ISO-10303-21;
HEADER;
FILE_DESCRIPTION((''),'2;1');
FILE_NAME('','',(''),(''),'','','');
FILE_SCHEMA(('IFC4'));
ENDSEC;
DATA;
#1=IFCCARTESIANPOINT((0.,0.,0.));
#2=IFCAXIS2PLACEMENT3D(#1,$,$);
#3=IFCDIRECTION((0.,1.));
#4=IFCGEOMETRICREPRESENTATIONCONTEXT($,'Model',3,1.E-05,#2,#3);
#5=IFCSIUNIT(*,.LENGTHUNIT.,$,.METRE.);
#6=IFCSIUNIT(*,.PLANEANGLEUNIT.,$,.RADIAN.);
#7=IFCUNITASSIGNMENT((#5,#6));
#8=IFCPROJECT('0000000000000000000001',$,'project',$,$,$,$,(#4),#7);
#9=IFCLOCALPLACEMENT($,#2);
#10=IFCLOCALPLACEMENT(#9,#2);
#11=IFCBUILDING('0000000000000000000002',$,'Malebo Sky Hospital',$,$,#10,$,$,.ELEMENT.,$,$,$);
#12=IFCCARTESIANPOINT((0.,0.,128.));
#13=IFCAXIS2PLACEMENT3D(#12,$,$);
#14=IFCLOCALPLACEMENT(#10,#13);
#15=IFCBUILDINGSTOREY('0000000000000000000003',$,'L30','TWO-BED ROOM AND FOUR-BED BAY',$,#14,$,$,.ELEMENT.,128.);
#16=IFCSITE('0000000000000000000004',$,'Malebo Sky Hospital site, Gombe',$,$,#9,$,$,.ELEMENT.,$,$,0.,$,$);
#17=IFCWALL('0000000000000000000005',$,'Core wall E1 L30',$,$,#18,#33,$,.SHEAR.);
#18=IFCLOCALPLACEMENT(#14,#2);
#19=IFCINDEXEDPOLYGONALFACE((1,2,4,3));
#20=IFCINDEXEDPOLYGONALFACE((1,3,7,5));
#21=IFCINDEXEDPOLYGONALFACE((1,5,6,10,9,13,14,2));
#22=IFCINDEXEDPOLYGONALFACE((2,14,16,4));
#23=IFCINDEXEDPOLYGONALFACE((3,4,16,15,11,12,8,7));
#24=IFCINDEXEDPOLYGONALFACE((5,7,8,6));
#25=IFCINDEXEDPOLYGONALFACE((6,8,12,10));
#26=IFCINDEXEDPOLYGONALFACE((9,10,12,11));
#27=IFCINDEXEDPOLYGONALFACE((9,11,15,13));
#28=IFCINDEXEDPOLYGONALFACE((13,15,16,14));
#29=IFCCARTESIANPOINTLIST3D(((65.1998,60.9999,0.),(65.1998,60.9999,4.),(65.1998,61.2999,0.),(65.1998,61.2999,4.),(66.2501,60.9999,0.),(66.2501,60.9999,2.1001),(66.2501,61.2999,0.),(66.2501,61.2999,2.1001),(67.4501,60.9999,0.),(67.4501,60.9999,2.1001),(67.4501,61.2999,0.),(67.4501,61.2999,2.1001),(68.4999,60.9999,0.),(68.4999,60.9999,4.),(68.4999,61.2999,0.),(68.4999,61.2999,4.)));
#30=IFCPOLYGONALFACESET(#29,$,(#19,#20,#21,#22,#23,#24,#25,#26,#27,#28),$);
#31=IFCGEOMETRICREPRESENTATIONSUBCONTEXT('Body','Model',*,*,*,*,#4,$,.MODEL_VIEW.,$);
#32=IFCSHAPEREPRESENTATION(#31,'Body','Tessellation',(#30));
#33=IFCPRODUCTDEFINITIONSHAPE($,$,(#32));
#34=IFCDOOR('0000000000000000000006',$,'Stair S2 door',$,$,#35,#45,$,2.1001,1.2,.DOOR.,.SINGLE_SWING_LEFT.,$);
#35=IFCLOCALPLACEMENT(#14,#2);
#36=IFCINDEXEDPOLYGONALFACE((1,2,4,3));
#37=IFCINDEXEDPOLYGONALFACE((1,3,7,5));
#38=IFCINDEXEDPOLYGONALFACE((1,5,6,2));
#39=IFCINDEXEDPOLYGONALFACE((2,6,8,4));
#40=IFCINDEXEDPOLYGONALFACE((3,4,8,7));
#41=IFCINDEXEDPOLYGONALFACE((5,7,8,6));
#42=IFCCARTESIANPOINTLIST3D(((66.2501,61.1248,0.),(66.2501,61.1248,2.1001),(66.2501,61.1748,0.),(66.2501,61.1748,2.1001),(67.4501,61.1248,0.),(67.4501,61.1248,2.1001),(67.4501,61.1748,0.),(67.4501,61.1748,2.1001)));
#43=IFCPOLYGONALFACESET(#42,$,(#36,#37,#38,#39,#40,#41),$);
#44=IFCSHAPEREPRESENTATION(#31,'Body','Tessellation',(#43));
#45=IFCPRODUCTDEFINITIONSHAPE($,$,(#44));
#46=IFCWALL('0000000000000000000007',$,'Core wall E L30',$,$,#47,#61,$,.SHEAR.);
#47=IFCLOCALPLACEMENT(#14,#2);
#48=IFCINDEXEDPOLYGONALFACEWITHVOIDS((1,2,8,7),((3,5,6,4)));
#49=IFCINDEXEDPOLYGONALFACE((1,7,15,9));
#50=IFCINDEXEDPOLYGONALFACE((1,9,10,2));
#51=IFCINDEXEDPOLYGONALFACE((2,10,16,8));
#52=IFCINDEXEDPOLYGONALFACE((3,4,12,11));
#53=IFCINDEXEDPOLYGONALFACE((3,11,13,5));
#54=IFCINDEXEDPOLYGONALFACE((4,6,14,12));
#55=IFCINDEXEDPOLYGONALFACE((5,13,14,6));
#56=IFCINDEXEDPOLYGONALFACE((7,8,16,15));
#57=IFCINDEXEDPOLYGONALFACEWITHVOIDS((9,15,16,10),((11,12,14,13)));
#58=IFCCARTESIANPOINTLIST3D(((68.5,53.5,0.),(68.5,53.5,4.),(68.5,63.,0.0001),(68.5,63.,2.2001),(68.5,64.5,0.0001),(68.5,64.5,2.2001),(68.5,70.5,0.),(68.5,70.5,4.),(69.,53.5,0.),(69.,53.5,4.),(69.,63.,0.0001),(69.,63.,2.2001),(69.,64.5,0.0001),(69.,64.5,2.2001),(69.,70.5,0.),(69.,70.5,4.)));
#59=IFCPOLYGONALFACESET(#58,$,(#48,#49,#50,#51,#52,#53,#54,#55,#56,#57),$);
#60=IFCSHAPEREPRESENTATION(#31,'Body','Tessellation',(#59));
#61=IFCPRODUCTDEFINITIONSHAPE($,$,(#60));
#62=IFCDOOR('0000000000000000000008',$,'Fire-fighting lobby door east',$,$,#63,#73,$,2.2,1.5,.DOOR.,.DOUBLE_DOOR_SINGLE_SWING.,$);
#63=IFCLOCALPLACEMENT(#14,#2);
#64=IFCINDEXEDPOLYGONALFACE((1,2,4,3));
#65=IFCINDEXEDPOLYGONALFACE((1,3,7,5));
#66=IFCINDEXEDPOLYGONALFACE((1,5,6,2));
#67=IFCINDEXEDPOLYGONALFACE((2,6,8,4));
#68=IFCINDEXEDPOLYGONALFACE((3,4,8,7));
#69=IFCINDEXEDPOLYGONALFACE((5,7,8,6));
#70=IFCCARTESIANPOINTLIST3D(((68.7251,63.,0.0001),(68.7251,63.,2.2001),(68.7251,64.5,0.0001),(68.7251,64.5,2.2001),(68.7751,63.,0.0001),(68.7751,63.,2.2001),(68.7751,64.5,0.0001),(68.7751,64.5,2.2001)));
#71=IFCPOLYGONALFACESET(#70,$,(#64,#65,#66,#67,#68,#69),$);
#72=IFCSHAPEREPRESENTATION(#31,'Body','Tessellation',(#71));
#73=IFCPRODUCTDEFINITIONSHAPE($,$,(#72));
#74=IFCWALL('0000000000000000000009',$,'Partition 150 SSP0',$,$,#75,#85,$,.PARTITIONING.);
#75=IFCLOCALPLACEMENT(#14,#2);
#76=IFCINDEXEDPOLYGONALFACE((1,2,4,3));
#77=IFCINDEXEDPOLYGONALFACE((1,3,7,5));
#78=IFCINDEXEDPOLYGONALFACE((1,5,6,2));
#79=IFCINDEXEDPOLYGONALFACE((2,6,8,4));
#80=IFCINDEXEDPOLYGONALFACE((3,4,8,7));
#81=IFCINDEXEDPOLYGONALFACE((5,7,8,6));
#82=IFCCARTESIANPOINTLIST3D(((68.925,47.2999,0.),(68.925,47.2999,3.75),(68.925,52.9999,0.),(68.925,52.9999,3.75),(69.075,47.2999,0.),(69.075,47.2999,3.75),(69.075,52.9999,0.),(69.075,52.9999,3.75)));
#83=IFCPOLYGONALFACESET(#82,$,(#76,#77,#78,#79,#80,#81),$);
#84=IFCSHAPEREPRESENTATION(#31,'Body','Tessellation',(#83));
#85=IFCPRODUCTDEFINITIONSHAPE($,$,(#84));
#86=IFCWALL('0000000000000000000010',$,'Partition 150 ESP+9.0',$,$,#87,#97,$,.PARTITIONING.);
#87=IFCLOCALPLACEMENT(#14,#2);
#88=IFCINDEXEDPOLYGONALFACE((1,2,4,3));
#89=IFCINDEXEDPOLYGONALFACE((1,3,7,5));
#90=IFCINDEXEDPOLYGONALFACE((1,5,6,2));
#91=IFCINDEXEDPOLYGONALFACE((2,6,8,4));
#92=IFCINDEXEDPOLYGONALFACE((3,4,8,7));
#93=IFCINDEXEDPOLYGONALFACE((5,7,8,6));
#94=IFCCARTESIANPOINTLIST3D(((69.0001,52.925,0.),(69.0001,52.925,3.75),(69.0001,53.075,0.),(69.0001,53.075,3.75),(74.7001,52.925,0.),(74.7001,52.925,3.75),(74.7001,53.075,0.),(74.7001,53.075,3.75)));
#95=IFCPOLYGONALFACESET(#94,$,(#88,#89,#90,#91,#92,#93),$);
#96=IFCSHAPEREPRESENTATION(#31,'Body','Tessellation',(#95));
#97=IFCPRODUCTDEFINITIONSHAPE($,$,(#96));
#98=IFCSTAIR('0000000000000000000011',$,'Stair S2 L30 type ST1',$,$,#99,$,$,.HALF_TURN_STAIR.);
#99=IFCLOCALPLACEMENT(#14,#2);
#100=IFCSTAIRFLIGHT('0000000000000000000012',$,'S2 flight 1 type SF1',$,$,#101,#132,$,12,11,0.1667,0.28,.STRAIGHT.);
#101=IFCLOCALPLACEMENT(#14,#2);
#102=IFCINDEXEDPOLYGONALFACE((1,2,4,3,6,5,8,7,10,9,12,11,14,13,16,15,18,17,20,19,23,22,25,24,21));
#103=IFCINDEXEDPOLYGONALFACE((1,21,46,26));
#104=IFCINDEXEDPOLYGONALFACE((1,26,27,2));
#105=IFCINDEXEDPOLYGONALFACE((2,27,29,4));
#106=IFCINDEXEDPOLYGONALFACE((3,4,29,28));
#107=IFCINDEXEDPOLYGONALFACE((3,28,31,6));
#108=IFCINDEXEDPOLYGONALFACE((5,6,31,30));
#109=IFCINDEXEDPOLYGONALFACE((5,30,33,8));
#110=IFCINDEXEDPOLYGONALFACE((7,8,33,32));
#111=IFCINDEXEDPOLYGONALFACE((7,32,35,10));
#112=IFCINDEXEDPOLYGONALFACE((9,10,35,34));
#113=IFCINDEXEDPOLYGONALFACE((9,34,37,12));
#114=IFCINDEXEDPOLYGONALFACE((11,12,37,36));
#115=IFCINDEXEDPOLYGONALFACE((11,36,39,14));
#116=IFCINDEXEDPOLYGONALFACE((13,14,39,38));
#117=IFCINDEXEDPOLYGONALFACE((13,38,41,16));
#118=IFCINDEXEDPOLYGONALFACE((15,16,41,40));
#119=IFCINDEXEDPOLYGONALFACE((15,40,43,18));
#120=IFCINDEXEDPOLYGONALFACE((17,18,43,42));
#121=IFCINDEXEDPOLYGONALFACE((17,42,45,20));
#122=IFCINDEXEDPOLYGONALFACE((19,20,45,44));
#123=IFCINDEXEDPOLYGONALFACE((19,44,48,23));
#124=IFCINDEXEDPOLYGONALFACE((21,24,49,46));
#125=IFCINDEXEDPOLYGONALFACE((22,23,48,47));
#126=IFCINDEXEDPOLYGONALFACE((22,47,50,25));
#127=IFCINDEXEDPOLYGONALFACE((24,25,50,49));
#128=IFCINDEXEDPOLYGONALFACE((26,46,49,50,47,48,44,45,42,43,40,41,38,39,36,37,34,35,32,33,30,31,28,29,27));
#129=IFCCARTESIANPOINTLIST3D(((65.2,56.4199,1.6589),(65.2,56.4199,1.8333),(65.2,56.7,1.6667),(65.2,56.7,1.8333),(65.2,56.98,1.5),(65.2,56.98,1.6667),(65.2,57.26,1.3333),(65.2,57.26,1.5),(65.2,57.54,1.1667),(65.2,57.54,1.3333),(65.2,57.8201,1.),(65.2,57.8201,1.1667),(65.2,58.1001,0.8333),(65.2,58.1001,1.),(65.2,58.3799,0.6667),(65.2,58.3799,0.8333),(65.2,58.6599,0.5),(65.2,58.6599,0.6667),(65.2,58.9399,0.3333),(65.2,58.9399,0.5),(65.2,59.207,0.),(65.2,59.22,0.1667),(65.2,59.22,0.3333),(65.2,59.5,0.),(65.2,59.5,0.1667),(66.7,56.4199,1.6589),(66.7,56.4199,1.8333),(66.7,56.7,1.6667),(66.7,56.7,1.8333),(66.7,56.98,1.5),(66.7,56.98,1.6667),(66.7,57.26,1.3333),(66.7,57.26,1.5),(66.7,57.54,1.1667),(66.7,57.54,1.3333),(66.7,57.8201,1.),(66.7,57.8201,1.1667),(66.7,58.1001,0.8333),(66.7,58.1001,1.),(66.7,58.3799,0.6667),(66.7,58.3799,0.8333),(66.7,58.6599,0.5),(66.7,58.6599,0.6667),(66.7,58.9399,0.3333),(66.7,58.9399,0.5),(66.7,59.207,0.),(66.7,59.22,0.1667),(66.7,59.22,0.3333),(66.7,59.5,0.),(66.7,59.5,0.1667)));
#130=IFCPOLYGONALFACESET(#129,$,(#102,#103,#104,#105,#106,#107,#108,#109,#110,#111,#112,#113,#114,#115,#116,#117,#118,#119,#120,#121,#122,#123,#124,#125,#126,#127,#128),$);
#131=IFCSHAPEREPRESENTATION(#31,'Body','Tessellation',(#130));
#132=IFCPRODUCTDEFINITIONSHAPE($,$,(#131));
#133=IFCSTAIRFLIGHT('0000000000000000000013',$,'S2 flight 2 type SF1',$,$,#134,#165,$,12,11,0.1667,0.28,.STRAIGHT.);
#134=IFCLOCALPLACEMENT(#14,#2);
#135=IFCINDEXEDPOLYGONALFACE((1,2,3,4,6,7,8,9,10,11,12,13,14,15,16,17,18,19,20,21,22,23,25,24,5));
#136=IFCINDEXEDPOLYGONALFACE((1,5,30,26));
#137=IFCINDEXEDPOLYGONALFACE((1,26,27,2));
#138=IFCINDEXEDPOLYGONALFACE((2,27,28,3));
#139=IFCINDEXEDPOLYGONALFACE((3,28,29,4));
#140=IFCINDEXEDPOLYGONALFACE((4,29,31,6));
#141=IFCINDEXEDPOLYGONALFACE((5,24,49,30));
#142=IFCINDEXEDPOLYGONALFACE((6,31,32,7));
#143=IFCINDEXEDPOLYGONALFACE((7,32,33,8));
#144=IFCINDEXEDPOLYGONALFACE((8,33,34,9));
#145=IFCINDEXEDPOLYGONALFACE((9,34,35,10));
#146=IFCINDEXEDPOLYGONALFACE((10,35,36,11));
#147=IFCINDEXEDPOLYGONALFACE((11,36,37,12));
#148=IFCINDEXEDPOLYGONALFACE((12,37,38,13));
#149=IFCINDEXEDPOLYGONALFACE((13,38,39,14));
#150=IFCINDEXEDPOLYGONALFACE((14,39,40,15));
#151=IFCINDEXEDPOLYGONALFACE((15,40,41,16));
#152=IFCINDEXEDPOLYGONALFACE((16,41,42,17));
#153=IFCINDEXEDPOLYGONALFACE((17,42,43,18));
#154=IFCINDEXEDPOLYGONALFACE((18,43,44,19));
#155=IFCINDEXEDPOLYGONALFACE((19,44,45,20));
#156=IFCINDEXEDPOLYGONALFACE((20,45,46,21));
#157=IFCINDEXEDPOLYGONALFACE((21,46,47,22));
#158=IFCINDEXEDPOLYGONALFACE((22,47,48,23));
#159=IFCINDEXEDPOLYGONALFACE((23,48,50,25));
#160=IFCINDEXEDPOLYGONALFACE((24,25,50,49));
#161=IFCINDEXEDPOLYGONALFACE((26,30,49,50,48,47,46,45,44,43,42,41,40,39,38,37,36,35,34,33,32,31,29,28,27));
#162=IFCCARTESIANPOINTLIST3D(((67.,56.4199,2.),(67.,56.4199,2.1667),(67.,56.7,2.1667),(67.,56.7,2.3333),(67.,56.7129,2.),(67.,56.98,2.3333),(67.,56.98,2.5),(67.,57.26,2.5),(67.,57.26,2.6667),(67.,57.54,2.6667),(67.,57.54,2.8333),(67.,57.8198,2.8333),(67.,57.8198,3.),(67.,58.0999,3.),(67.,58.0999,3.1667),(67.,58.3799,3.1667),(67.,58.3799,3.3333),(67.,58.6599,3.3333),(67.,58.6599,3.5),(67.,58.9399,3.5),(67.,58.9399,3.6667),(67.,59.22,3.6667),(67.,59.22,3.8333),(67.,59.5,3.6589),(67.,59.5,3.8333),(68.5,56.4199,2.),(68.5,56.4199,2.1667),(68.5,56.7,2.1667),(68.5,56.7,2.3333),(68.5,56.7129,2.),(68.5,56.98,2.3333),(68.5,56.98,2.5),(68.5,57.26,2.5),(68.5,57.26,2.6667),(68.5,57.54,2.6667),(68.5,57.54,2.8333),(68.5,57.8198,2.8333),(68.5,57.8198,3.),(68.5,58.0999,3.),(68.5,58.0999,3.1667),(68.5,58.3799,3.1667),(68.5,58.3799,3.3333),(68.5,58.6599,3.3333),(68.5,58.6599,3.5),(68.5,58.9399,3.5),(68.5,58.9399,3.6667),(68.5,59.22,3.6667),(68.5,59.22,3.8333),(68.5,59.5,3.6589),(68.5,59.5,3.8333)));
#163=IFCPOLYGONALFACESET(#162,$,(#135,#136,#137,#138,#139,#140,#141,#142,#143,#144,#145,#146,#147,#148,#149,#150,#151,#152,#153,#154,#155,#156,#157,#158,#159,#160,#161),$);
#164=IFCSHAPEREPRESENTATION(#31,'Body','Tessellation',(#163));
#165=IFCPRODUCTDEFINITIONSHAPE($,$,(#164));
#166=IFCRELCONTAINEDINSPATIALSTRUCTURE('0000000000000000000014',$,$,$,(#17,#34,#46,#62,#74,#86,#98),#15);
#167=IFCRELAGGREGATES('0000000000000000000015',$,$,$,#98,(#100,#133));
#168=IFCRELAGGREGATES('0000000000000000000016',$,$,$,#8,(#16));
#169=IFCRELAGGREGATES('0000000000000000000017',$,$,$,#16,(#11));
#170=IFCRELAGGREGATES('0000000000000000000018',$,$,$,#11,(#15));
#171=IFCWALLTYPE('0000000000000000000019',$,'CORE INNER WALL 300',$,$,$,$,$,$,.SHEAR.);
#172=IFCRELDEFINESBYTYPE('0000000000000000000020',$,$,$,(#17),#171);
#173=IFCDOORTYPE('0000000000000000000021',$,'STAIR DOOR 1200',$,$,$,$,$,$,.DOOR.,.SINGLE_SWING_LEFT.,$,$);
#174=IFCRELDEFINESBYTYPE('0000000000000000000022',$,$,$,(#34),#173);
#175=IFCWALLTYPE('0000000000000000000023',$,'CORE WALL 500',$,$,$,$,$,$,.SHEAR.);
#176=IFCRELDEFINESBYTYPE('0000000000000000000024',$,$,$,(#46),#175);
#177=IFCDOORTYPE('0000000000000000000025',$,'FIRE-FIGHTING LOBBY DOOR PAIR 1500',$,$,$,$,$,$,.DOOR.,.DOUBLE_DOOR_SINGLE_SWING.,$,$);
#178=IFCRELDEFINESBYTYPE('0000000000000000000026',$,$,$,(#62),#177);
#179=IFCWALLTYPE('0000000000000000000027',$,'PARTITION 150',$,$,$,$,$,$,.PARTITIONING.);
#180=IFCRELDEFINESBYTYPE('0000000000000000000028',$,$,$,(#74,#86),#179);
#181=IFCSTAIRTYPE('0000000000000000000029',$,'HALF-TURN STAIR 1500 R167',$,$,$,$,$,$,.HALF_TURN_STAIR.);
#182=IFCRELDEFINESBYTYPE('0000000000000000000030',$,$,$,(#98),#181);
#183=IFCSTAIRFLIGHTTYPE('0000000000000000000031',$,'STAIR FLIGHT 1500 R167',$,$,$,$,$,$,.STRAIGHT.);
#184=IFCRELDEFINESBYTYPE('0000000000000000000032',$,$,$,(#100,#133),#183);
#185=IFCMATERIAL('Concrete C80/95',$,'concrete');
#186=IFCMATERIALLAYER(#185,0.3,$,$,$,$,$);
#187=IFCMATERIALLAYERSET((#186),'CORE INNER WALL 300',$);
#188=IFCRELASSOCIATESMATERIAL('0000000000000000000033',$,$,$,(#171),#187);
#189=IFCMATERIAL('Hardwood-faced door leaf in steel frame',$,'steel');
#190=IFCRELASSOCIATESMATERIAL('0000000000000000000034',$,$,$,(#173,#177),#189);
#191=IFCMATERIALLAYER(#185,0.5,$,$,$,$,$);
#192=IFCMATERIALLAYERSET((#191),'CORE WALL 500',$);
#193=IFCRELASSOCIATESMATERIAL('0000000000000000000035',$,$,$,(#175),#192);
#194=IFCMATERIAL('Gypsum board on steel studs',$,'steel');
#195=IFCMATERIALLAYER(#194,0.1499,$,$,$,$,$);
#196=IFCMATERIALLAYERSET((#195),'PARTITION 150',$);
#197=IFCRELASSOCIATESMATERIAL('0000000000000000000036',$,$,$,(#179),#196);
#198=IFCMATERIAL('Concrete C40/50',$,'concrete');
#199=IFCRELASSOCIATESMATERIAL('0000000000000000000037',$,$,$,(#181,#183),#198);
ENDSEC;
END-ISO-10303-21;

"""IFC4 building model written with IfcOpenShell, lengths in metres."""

from ifc_helpers import new_model, si_unit, direction, frame, frame_2d, origin, place, context, subcontext, project, spatial, polyline, rectangle, outline, extrude, material, layer, layer_set, type_object, element, fill, aggregate, save


model = new_model("IFC4")

# Units and contexts
model_context = context("Model", 3, precision=1e-05, world=origin(), true_north=direction((0.0, 1.0)))
body_context = subcontext(model_context, "Body", "Model", "MODEL_VIEW")
ifc_project = project(units=[si_unit("LENGTHUNIT", "METRE"), si_unit("PLANEANGLEUNIT", "RADIAN")], contexts=[model_context])

# Site, building, storey
site_placement = place(None, origin())
site = spatial("IfcSite", under=ifc_project, at=site_placement, Name="Malebo Sky Hospital site, Gombe", CompositionType="ELEMENT", RefElevation=0.0)
building_placement = place(site_placement, origin())
building = spatial("IfcBuilding", under=site, at=building_placement, Name="Malebo Sky Hospital", CompositionType="ELEMENT")
storey_placement = place(building_placement, frame((0.0, 0.0, 128.0)))
storey = spatial("IfcBuildingStorey", under=building, at=storey_placement, Name="L30", Description="TWO-BED ROOM AND FOUR-BED BAY", CompositionType="ELEMENT", Elevation=128.0)

# Shared definitions
ifc_material_1 = material(Name="Concrete C80/95", Category="concrete")

# Shared definitions
ifc_layer_1 = layer(ifc_material_1, 0.3)
ifc_layer_set_1 = layer_set([ifc_layer_1], Name="CORE INNER WALL 300")
wall_type_1 = type_object("IfcWallType", Name="CORE INNER WALL 300", PredefinedType="SHEAR", material=ifc_layer_set_1)

# Walls, openings, doors
wall_1_placement = place(storey_placement, frame((65.2, 61.1499, 0.0), z_axis=(0.0, 0.0, 1.0), x_axis=(1.0, 0.0, 0.0)))
wall_1 = element("IfcWall", 1, at=wall_1_placement, inside=storey, type_object=wall_type_1, Name="Core wall E1 L30", PredefinedType="SHEAR", context=body_context, shape_type="SweptSolid", body=[
    extrude(rectangle(XDim=3.3, YDim=0.3, at=frame_2d((1.6499, 0.0))), origin(), (0.0, 0.0, 1.0), 4.0),
])
opening_1_placement = place(wall_1_placement, frame((1.05, 0.0, 0.0)))
opening_1 = element("IfcOpeningElement", 2, at=opening_1_placement, cuts=wall_1, PredefinedType="OPENING", context=body_context, shape_type="SweptSolid", body=[
    extrude(rectangle(XDim=1.2, YDim=2.1001, at=frame_2d((0.6001, 1.05))), frame((0.0, 0.1599, 0.0), z_axis=(0.0, -1.0, 0.0), x_axis=(1.0, 0.0, 0.0)), (0.0, 0.0, 1.0), 0.3201),
])
ifc_material_2 = material(Name="Hardwood-faced door leaf in steel frame", Category="steel")
door_type_1 = type_object("IfcDoorType", Name="STAIR DOOR 1200", OperationType="SINGLE_SWING_LEFT", PredefinedType="DOOR", material=ifc_material_2)
door_1_placement = place(opening_1_placement, origin())
door_1 = element("IfcDoor", 3, at=door_1_placement, inside=storey, type_object=door_type_1, Name="Stair S2 door", OperationType="SINGLE_SWING_LEFT", OverallHeight=2.1001, OverallWidth=1.2, PredefinedType="DOOR", context=body_context, shape_type="SweptSolid", body=[
    extrude(rectangle(XDim=1.2, YDim=2.1001, at=frame_2d((0.6001, 1.05))), frame((0.0, 0.0249, 0.0), z_axis=(0.0, -1.0, 0.0), x_axis=(1.0, 0.0, 0.0)), (0.0, 0.0, 1.0), 0.05),
])
fill(opening_1, door_1)
ifc_layer_2 = layer(ifc_material_1, 0.5)
ifc_layer_set_2 = layer_set([ifc_layer_2], Name="CORE WALL 500")
wall_type_2 = type_object("IfcWallType", Name="CORE WALL 500", PredefinedType="SHEAR", material=ifc_layer_set_2)
wall_2_placement = place(storey_placement, frame((68.75, 53.5, 0.0), z_axis=(0.0, 0.0, 1.0), x_axis=(0.0, 1.0, 0.0)))
wall_2 = element("IfcWall", 4, at=wall_2_placement, inside=storey, type_object=wall_type_2, Name="Core wall E L30", PredefinedType="SHEAR", context=body_context, shape_type="SweptSolid", body=[
    extrude(rectangle(XDim=17.0, YDim=0.5, at=frame_2d((8.5, 0.0))), origin(), (0.0, 0.0, 1.0), 4.0),
])
opening_2_placement = place(wall_2_placement, frame((9.5, 0.0, 0.0)))
opening_2 = element("IfcOpeningElement", 5, at=opening_2_placement, cuts=wall_2, PredefinedType="OPENING", context=body_context, shape_type="SweptSolid", body=[
    extrude(rectangle(XDim=1.5, YDim=2.2, at=frame_2d((0.75, 1.1001))), frame((0.0, 0.26, 0.0), z_axis=(0.0, -1.0, 0.0), x_axis=(1.0, 0.0, 0.0)), (0.0, 0.0, 1.0), 0.52),
])
door_type_2 = type_object("IfcDoorType", Name="FIRE-FIGHTING LOBBY DOOR PAIR 1500", OperationType="DOUBLE_DOOR_SINGLE_SWING", PredefinedType="DOOR", material=ifc_material_2)
door_2_placement = place(opening_2_placement, origin())
door_2 = element("IfcDoor", 6, at=door_2_placement, inside=storey, type_object=door_type_2, Name="Fire-fighting lobby door east", OperationType="DOUBLE_DOOR_SINGLE_SWING", OverallHeight=2.2, OverallWidth=1.5, PredefinedType="DOOR", context=body_context, shape_type="SweptSolid", body=[
    extrude(rectangle(XDim=1.5, YDim=2.2, at=frame_2d((0.75, 1.1001))), frame((0.0, 0.0249, 0.0), z_axis=(0.0, -1.0, 0.0), x_axis=(1.0, 0.0, 0.0)), (0.0, 0.0, 1.0), 0.05),
])
fill(opening_2, door_2)

# Walls
ifc_material_3 = material(Name="Gypsum board on steel studs", Category="steel")
ifc_layer_3 = layer(ifc_material_3, 0.1499)
ifc_layer_set_3 = layer_set([ifc_layer_3], Name="PARTITION 150")
wall_type_3 = type_object("IfcWallType", Name="PARTITION 150", PredefinedType="PARTITIONING", material=ifc_layer_set_3)
for number, where, z_axis, x_axis, name in (
    (7, (69.0, 53.0, 0.0), (0.0, 0.0, 1.0), (0.0, -1.0, 0.0), "Partition 150 SSP0"),
    (8, (69.0, 53.0, 0.0), (0.0, 0.0, 1.0), (1.0, 0.0, 0.0), "Partition 150 ESP+9.0"),
):
    element("IfcWall", number, at=place(storey_placement, frame(where, z_axis=z_axis, x_axis=x_axis)), inside=storey, type_object=wall_type_3, Name=name, PredefinedType="PARTITIONING", context=body_context, shape_type="SweptSolid", body=[
        extrude(rectangle(XDim=5.7, YDim=0.1499, at=frame_2d((2.8501, 0.0))), origin(), (0.0, 0.0, 1.0), 3.75),
    ])

# Stair, stair flights
ifc_material_4 = material(Name="Concrete C40/50", Category="concrete")
stair_type = type_object("IfcStairType", Name="HALF-TURN STAIR 1500 R167", PredefinedType="HALF_TURN_STAIR", material=ifc_material_4)
stair_placement = place(storey_placement, origin())
stair = element("IfcStair", 9, at=stair_placement, inside=storey, type_object=stair_type, Name="Stair S2 L30 type ST1", PredefinedType="HALF_TURN_STAIR")
stair_flight_type = type_object("IfcStairFlightType", Name="STAIR FLIGHT 1500 R167", PredefinedType="STRAIGHT", material=ifc_material_4)
stair_flight_1_placement = place(storey_placement, frame((65.95, 59.5, 0.0), z_axis=(0.0, 0.0, 1.0), x_axis=(0.0, -1.0, 0.0)))
stair_flight_1 = element("IfcStairFlight", 10, at=stair_flight_1_placement, type_object=stair_flight_type, Name="S2 flight 1 type SF1", NumberOfRisers=12, NumberOfTreads=11, PredefinedType="STRAIGHT", RiserHeight=0.1667, TreadLength=0.28, context=body_context, shape_type="SweptSolid", body=[
    extrude(outline(polyline([(0.0, 0.0), (0.0, 0.1667), (0.28, 0.1667), (0.28, 0.3333), (0.5601, 0.3333), (0.5601, 0.5), (0.8401, 0.5), (0.8401, 0.6667), (1.1201, 0.6667), (1.1201, 0.8333), (1.3999, 0.8333), (1.3999, 1.0), (1.6799, 1.0), (1.6799, 1.1667), (1.96, 1.1667), (1.96, 1.3333), (2.24, 1.3333), (2.24, 1.5), (2.52, 1.5), (2.52, 1.6667), (2.8, 1.6667), (2.8, 1.8333), (3.0801, 1.8333), (3.0801, 2.0), (3.0801, 1.6589), (0.293, 0.0), (0.0, 0.0)])), frame((0.0, 0.75, 0.0), z_axis=(0.0, -1.0, 0.0), x_axis=(1.0, 0.0, 0.0)), (0.0, 0.0, 1.0), 1.5),
])
stair_flight_2_placement = place(storey_placement, frame((67.75, 56.4199, 2.0), z_axis=(0.0, 0.0, 1.0), x_axis=(0.0, 1.0, 0.0)))
stair_flight_2 = element("IfcStairFlight", 11, at=stair_flight_2_placement, type_object=stair_flight_type, Name="S2 flight 2 type SF1", NumberOfRisers=12, NumberOfTreads=11, PredefinedType="STRAIGHT", RiserHeight=0.1667, TreadLength=0.28, context=body_context, shape_type="SweptSolid", body=[
    extrude(outline(polyline([(0.0, 0.0), (0.0, 0.1667), (0.28, 0.1667), (0.28, 0.3333), (0.5601, 0.3333), (0.5601, 0.5), (0.8401, 0.5), (0.8401, 0.6667), (1.1201, 0.6667), (1.1201, 0.8333), (1.3999, 0.8333), (1.3999, 1.0), (1.6799, 1.0), (1.6799, 1.1667), (1.96, 1.1667), (1.96, 1.3333), (2.24, 1.3333), (2.24, 1.5), (2.52, 1.5), (2.52, 1.6667), (2.8, 1.6667), (2.8, 1.8333), (3.0801, 1.8333), (3.0801, 2.0), (3.0801, 1.6589), (0.293, 0.0), (0.0, 0.0)])), frame((0.0, 0.75, 0.0), z_axis=(0.0, -1.0, 0.0), x_axis=(1.0, 0.0, 0.0)), (0.0, 0.0, 1.0), 1.5),
])
aggregate(stair, [stair_flight_1, stair_flight_2])

save(model, "model.ifc")
